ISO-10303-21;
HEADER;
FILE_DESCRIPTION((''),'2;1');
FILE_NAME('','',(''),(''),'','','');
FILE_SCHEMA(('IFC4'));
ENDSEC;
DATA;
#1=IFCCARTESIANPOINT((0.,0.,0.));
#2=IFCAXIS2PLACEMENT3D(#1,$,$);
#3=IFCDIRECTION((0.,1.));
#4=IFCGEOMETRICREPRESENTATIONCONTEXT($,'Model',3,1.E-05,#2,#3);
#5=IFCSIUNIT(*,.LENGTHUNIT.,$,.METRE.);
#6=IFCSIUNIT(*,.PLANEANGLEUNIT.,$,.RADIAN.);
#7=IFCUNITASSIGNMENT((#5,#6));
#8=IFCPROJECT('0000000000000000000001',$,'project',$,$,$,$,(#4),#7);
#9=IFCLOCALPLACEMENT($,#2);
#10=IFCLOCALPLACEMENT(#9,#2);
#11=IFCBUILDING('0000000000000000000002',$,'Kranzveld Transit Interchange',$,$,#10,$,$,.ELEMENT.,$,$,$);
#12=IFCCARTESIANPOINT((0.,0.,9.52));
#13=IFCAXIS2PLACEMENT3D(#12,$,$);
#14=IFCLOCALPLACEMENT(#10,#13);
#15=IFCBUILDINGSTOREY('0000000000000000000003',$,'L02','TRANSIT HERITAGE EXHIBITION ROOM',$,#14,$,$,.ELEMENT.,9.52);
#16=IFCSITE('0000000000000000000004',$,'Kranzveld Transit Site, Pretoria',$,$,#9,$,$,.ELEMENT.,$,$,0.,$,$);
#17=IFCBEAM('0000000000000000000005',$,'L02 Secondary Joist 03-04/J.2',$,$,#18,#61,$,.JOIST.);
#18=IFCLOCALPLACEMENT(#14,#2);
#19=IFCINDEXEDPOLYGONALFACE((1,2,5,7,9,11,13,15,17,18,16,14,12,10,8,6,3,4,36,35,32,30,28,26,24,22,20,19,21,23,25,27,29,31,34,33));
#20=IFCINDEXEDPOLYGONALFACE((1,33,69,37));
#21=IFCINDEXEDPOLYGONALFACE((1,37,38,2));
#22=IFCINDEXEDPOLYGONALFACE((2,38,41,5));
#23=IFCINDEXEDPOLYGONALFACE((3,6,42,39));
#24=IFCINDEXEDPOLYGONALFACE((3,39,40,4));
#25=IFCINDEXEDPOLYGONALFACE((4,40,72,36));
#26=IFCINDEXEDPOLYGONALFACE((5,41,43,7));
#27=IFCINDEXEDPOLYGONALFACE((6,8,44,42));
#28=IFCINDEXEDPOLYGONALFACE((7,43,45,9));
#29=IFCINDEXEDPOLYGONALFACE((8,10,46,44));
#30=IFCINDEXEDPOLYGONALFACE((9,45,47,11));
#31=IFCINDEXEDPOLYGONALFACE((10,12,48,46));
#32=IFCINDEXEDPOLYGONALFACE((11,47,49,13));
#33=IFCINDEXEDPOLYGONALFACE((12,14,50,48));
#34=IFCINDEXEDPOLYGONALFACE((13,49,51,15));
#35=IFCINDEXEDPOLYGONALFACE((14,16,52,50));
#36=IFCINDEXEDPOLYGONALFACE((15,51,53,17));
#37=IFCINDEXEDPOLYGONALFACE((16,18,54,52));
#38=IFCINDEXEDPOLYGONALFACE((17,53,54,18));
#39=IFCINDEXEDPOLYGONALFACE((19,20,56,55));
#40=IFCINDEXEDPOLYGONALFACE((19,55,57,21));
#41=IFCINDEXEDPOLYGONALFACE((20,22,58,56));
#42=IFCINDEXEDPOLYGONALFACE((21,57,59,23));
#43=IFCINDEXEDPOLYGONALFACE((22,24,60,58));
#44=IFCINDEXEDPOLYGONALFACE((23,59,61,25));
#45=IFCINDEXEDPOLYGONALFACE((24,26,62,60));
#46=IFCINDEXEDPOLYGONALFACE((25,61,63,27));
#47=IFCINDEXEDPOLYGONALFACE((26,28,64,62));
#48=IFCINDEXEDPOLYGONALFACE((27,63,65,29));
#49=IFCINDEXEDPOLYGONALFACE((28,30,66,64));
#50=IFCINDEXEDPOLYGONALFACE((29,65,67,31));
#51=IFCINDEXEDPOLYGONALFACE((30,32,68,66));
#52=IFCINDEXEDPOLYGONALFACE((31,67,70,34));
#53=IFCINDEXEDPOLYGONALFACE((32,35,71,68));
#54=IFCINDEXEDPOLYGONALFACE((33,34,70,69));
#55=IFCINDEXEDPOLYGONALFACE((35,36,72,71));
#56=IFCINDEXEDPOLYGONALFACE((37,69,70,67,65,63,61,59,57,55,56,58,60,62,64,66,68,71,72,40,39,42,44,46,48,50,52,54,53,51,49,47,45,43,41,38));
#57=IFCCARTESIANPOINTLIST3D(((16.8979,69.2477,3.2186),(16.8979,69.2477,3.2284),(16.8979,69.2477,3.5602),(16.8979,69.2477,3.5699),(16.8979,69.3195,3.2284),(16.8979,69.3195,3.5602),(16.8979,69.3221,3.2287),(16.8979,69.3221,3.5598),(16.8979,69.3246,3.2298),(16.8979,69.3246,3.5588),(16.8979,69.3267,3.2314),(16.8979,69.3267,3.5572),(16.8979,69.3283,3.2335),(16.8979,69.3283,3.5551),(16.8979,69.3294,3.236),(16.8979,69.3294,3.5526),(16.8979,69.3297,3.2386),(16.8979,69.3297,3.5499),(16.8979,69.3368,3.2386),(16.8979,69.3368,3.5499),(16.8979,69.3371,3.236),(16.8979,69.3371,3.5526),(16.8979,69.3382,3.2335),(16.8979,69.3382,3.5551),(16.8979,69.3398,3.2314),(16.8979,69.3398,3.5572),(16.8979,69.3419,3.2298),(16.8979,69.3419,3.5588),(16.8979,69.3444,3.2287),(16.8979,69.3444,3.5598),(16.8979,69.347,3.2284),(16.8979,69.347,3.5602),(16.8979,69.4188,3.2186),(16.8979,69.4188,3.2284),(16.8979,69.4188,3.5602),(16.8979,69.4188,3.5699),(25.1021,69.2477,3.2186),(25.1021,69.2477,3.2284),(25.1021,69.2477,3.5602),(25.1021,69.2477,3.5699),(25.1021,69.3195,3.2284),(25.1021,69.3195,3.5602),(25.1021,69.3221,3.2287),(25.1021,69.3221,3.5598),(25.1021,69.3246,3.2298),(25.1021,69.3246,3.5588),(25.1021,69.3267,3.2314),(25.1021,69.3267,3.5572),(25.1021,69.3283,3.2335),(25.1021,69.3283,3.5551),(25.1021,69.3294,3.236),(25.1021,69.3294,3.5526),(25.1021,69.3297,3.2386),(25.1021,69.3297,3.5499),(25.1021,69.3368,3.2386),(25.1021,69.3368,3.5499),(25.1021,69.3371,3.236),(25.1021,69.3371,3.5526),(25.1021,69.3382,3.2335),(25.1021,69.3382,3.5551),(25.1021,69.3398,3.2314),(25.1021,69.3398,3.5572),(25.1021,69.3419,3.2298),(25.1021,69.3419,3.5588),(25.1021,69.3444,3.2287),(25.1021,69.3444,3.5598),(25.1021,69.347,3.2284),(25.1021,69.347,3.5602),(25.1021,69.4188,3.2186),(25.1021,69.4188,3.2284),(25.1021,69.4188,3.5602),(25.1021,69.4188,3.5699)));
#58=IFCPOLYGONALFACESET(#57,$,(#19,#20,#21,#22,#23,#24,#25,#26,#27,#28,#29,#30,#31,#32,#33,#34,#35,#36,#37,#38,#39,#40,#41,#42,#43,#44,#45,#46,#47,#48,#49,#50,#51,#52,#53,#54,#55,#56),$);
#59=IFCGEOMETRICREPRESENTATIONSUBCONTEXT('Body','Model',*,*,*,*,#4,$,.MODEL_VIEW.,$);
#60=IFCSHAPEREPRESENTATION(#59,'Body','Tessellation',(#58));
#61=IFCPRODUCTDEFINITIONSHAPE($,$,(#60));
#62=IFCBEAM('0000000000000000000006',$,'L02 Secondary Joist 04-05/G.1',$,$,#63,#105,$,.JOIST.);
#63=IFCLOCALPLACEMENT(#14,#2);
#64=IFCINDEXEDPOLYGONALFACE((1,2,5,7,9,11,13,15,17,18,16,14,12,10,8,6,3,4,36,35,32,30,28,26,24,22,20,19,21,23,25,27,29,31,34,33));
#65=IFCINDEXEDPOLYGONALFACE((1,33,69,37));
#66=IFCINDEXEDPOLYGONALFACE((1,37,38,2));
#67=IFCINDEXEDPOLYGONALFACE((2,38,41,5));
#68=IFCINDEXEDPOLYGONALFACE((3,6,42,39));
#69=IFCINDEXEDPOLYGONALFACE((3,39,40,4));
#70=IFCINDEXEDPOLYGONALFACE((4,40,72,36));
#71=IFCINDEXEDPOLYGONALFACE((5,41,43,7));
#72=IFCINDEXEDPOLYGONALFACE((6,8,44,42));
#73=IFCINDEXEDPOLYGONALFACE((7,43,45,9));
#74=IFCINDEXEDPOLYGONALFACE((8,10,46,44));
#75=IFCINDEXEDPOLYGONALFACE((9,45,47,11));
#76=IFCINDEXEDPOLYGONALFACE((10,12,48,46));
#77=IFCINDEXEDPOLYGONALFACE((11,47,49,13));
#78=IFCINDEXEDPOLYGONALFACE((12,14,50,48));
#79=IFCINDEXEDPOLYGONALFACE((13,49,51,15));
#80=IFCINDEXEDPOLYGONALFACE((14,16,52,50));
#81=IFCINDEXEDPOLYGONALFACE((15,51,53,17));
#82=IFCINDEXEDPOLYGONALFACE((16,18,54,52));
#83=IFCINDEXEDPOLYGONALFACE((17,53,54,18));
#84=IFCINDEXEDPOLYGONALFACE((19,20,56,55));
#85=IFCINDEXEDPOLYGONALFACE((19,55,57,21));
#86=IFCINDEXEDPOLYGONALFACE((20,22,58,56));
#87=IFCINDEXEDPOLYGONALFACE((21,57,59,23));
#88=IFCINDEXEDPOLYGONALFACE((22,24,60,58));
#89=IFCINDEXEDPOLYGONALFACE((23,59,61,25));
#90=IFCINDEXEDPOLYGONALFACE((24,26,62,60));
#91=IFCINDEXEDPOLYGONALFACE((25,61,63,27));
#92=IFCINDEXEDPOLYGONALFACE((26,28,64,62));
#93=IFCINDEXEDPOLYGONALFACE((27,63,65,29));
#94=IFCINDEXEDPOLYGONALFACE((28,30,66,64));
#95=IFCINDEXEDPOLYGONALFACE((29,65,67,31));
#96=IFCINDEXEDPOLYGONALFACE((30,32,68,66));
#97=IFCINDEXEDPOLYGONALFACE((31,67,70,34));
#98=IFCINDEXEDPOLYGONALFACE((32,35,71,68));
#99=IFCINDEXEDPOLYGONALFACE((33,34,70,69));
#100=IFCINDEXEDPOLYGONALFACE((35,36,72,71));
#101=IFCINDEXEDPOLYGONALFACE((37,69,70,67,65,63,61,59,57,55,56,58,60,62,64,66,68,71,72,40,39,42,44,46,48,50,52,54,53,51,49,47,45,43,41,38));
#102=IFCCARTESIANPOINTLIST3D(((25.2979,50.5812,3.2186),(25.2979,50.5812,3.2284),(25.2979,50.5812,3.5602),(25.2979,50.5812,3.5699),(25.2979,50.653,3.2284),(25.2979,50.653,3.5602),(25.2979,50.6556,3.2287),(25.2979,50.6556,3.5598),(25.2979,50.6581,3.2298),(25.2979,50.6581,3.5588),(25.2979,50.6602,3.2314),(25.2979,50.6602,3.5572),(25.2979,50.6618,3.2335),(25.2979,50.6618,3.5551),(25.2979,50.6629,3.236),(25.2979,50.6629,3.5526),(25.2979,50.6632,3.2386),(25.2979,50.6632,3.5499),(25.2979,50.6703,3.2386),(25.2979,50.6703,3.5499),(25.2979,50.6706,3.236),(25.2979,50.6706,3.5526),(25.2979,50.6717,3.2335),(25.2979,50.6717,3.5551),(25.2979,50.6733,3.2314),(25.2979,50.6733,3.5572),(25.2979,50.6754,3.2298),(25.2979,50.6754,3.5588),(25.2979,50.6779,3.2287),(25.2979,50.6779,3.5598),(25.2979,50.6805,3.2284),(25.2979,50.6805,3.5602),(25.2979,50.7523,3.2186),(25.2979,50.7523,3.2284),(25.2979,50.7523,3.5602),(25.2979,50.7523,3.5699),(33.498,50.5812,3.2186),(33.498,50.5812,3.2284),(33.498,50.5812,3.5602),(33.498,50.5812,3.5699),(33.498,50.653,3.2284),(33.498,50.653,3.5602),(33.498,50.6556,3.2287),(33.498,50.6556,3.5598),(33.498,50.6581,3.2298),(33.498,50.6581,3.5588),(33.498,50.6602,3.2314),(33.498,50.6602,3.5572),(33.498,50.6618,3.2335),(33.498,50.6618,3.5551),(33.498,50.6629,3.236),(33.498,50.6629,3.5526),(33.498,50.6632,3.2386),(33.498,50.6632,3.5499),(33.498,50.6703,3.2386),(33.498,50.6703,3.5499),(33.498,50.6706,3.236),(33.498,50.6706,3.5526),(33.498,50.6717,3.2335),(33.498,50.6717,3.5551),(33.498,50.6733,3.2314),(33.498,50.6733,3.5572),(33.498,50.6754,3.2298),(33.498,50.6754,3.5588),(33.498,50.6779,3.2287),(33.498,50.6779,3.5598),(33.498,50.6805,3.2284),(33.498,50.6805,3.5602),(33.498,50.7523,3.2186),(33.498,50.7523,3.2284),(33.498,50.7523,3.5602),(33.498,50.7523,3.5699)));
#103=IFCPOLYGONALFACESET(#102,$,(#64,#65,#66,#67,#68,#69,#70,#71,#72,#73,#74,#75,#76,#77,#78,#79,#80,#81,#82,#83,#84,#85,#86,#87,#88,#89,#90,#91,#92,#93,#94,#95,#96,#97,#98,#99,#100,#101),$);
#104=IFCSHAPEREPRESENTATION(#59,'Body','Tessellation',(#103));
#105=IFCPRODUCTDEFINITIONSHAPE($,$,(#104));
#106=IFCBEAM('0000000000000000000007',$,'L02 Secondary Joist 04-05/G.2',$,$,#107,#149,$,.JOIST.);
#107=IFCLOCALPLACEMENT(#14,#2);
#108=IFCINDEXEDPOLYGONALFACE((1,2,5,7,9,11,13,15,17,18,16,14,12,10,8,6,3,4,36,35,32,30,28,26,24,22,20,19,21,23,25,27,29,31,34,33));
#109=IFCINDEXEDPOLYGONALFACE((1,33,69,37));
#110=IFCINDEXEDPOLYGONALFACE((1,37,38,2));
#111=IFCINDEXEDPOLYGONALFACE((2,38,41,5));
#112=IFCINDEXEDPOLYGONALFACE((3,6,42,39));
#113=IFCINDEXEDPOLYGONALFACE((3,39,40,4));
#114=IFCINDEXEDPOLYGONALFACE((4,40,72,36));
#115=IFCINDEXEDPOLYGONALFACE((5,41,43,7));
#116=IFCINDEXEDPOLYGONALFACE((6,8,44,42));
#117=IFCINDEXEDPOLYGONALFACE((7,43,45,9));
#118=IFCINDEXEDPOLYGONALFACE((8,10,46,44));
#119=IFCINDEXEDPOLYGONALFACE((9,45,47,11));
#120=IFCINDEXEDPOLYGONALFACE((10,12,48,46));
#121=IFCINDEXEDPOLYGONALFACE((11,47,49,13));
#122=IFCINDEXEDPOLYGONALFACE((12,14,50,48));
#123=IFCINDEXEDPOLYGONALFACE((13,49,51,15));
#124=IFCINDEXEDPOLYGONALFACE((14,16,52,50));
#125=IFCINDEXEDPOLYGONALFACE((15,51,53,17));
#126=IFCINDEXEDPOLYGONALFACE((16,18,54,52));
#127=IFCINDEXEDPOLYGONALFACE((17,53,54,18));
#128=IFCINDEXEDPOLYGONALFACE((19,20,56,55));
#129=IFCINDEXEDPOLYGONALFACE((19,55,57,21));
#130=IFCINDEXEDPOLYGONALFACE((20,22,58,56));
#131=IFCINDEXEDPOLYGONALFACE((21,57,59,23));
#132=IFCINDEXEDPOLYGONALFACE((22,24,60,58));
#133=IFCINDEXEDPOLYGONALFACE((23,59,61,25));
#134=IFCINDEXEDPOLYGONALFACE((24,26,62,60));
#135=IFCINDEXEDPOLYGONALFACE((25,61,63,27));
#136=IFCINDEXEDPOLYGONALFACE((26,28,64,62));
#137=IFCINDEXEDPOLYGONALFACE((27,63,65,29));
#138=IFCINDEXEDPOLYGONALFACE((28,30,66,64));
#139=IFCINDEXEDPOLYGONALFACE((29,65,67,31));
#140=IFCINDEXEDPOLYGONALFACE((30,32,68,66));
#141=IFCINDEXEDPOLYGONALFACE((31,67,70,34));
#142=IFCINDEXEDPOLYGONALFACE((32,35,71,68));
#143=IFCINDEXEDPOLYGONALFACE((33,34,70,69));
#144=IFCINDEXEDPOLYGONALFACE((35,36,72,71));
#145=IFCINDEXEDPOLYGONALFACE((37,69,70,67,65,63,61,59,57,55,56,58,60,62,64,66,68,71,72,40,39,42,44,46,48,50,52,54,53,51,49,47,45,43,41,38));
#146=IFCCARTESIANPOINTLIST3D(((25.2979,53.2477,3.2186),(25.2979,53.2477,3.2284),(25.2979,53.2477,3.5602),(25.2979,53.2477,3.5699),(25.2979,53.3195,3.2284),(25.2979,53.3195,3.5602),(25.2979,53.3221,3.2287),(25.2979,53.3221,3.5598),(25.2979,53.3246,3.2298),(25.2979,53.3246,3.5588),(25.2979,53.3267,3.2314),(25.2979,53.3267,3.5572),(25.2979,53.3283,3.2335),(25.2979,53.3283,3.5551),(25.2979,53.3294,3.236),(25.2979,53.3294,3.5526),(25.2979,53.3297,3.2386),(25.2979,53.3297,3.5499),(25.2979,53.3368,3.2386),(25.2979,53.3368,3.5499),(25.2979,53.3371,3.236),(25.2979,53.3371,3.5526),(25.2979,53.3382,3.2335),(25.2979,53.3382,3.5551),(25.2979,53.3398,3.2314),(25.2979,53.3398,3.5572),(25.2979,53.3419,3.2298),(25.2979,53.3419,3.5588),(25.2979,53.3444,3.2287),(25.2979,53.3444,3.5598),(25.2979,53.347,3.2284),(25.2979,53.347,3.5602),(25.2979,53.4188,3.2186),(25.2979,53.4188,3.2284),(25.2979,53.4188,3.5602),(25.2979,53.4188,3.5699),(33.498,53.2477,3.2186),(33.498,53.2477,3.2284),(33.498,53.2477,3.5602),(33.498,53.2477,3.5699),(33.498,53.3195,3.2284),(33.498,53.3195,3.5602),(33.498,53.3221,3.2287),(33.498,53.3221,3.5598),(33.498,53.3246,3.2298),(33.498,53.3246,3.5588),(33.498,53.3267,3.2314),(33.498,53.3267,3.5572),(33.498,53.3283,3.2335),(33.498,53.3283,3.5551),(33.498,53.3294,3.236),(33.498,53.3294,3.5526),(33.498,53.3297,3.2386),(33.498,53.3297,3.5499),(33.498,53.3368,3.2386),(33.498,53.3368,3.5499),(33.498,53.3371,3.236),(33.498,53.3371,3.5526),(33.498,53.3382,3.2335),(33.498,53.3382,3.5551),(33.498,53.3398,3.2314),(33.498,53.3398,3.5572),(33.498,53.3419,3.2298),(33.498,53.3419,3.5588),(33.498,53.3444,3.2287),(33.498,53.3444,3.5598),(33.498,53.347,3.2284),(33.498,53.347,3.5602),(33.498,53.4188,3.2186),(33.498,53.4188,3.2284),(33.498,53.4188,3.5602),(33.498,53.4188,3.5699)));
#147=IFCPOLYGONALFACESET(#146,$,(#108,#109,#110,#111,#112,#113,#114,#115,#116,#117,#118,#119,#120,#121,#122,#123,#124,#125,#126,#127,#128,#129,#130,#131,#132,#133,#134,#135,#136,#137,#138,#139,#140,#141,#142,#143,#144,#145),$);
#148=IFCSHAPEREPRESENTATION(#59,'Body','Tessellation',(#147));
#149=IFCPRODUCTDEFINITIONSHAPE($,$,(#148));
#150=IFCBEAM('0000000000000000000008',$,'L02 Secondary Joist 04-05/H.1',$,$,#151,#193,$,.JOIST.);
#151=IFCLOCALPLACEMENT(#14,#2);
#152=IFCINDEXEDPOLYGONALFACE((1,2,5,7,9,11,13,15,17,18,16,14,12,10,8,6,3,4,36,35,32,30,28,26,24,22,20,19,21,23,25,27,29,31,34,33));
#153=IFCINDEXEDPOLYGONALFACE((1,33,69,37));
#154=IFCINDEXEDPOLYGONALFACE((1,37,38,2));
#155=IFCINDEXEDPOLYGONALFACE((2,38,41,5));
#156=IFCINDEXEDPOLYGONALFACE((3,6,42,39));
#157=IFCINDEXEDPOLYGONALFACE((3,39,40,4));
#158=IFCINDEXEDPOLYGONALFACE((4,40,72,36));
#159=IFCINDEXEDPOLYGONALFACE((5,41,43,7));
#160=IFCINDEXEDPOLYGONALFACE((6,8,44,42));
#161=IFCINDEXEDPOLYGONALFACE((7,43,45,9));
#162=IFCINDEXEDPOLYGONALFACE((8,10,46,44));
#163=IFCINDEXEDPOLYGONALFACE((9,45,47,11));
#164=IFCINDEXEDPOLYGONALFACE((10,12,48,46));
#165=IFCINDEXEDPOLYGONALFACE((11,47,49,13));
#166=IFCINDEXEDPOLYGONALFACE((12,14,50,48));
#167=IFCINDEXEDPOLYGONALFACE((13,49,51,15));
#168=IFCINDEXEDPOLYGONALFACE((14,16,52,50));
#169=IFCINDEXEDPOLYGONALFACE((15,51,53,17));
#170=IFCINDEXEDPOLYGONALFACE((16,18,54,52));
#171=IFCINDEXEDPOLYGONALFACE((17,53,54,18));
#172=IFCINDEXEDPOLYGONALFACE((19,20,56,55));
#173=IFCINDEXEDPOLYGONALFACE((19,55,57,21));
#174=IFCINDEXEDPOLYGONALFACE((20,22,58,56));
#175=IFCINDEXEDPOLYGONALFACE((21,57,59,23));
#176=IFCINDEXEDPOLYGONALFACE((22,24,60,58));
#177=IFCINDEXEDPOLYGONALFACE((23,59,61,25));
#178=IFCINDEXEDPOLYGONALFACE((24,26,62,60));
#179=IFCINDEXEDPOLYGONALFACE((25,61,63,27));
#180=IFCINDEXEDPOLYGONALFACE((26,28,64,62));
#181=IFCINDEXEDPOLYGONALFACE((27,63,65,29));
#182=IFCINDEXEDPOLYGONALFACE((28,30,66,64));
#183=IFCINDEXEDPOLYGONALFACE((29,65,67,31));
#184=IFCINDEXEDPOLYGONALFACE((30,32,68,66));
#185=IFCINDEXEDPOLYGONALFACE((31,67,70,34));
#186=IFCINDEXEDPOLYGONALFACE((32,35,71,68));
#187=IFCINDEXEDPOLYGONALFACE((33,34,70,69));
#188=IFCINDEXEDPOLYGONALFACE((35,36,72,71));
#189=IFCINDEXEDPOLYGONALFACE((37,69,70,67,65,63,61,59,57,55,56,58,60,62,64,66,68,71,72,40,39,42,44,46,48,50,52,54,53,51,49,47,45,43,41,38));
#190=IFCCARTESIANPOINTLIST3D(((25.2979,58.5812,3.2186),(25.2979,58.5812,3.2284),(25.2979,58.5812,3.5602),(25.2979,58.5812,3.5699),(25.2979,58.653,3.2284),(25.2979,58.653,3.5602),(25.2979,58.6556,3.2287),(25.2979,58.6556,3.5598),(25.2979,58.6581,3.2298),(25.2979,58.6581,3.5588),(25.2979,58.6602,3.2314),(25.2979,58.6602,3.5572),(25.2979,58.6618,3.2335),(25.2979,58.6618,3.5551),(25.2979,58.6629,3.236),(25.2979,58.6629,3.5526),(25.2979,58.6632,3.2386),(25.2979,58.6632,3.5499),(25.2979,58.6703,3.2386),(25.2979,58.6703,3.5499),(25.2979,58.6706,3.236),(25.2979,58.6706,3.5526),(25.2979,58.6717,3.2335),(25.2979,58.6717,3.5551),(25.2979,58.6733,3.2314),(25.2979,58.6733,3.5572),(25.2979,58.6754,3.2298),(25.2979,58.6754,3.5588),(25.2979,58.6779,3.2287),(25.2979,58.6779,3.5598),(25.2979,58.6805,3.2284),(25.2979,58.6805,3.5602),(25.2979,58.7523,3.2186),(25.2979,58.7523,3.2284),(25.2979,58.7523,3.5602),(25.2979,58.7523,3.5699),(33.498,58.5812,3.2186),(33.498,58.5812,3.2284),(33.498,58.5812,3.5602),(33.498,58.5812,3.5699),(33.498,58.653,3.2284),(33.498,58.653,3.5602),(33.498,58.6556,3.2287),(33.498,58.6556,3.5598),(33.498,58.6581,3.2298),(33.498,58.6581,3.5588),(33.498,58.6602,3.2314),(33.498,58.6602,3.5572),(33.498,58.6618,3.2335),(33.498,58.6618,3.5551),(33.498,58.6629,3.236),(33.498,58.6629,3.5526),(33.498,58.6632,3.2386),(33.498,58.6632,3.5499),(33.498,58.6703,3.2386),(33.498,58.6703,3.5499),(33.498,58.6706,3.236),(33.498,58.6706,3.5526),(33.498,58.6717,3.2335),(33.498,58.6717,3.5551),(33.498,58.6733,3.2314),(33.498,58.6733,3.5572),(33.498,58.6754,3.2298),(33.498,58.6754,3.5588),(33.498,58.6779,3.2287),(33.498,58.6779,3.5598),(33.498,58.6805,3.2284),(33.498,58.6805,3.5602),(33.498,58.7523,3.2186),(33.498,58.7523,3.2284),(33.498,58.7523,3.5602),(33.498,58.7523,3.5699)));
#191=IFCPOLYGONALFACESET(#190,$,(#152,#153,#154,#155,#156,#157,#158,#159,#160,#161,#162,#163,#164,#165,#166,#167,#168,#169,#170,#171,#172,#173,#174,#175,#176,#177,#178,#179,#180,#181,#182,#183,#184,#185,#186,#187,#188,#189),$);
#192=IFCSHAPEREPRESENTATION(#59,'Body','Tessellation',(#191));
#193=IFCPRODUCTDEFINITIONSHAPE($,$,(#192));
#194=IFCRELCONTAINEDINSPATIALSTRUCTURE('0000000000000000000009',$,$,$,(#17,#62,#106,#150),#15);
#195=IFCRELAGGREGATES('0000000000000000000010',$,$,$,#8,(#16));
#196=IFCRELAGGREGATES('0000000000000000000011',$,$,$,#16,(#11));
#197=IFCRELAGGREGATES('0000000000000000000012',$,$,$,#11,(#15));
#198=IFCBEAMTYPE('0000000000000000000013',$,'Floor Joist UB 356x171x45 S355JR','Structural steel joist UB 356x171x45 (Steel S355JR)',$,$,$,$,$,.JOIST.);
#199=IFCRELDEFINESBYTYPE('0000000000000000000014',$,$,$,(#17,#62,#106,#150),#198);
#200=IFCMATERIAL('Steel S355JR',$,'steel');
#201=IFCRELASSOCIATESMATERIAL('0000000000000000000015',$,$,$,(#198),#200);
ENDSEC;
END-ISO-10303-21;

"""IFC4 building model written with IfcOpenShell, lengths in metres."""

from ifc_helpers import new_model, si_unit, direction, frame, origin, origin_2d, place, context, subcontext, project, spatial, i_section, extrude, material, material_profile, profile_set, type_object, element, save


model = new_model("IFC4")

# Units and contexts
model_context = context("Model", 3, precision=1e-05, world=origin(), true_north=direction((0.0, 1.0)))
body_context = subcontext(model_context, "Body", "Model", "MODEL_VIEW")
ifc_project = project(units=[si_unit("LENGTHUNIT", "METRE"), si_unit("PLANEANGLEUNIT", "RADIAN")], contexts=[model_context])

# Site, building, storey
site_placement = place(None, origin())
site = spatial("IfcSite", under=ifc_project, at=site_placement, Name="Kranzveld Transit Site, Pretoria", CompositionType="ELEMENT", RefElevation=0.0)
building_placement = place(site_placement, origin())
building = spatial("IfcBuilding", under=site, at=building_placement, Name="Kranzveld Transit Interchange", CompositionType="ELEMENT")
storey_placement = place(building_placement, frame((0.0, 0.0, 9.52)))
storey = spatial("IfcBuildingStorey", under=building, at=storey_placement, Name="L02", Description="TRANSIT HERITAGE EXHIBITION ROOM", CompositionType="ELEMENT", Elevation=9.52)

# Beams
ifc_material_1 = material(Name="Steel S355JR", Category="steel")
ifc_material_profile_1 = material_profile(ifc_material_1, i_section(OverallWidth=0.1711, OverallDepth=0.3513, WebThickness=0.0071, FlangeThickness=0.0098, FilletRadius=0.0103, at=origin_2d()), Name="UB 356x171x45")
ifc_profile_set_1 = profile_set([ifc_material_profile_1], Name="Steel S355JR")
beam_type_1 = type_object("IfcBeamType", Name="Floor Joist UB 356x171x45 S355JR", Description="Structural steel joist UB 356x171x45 (Steel S355JR)", PredefinedType="JOIST", material=ifc_profile_set_1)
for number, where, z_axis, x_axis, name in (
    (1, (16.8979, 69.3333, 3.3943), (1.0, 0.0, 0.0), (0.0, 1.0, 0.0), "L02 Secondary Joist 03-04/J.2"),
):
    element("IfcBeam", number, at=place(storey_placement, frame(where, z_axis=z_axis, x_axis=x_axis)), inside=storey, type_object=beam_type_1, Name=name, PredefinedType="JOIST", context=body_context, shape_type="SweptSolid", body=[
        extrude(i_section(OverallWidth=0.1711, OverallDepth=0.3513, WebThickness=0.0071, FlangeThickness=0.0098, FilletRadius=0.0103, at=origin_2d()), origin(), (0.0, 0.0, 1.0), 8.2041),
    ])
for number, where, z_axis, x_axis, name in (
    (2, (25.2979, 50.6667, 3.3943), (1.0, 0.0, 0.0), (0.0, 1.0, 0.0), "L02 Secondary Joist 04-05/G.1"),
    (3, (25.2979, 53.3333, 3.3943), (1.0, 0.0, 0.0), (0.0, 1.0, 0.0), "L02 Secondary Joist 04-05/G.2"),
    (4, (25.2979, 58.6667, 3.3943), (1.0, 0.0, 0.0), (0.0, 1.0, 0.0), "L02 Secondary Joist 04-05/H.1"),
):
    element("IfcBeam", number, at=place(storey_placement, frame(where, z_axis=z_axis, x_axis=x_axis)), inside=storey, type_object=beam_type_1, Name=name, PredefinedType="JOIST", context=body_context, shape_type="SweptSolid", body=[
        extrude(i_section(OverallWidth=0.1711, OverallDepth=0.3513, WebThickness=0.0071, FlangeThickness=0.0098, FilletRadius=0.0103, at=origin_2d()), origin(), (0.0, 0.0, 1.0), 8.2002),
    ])

save(model, "model.ifc")
